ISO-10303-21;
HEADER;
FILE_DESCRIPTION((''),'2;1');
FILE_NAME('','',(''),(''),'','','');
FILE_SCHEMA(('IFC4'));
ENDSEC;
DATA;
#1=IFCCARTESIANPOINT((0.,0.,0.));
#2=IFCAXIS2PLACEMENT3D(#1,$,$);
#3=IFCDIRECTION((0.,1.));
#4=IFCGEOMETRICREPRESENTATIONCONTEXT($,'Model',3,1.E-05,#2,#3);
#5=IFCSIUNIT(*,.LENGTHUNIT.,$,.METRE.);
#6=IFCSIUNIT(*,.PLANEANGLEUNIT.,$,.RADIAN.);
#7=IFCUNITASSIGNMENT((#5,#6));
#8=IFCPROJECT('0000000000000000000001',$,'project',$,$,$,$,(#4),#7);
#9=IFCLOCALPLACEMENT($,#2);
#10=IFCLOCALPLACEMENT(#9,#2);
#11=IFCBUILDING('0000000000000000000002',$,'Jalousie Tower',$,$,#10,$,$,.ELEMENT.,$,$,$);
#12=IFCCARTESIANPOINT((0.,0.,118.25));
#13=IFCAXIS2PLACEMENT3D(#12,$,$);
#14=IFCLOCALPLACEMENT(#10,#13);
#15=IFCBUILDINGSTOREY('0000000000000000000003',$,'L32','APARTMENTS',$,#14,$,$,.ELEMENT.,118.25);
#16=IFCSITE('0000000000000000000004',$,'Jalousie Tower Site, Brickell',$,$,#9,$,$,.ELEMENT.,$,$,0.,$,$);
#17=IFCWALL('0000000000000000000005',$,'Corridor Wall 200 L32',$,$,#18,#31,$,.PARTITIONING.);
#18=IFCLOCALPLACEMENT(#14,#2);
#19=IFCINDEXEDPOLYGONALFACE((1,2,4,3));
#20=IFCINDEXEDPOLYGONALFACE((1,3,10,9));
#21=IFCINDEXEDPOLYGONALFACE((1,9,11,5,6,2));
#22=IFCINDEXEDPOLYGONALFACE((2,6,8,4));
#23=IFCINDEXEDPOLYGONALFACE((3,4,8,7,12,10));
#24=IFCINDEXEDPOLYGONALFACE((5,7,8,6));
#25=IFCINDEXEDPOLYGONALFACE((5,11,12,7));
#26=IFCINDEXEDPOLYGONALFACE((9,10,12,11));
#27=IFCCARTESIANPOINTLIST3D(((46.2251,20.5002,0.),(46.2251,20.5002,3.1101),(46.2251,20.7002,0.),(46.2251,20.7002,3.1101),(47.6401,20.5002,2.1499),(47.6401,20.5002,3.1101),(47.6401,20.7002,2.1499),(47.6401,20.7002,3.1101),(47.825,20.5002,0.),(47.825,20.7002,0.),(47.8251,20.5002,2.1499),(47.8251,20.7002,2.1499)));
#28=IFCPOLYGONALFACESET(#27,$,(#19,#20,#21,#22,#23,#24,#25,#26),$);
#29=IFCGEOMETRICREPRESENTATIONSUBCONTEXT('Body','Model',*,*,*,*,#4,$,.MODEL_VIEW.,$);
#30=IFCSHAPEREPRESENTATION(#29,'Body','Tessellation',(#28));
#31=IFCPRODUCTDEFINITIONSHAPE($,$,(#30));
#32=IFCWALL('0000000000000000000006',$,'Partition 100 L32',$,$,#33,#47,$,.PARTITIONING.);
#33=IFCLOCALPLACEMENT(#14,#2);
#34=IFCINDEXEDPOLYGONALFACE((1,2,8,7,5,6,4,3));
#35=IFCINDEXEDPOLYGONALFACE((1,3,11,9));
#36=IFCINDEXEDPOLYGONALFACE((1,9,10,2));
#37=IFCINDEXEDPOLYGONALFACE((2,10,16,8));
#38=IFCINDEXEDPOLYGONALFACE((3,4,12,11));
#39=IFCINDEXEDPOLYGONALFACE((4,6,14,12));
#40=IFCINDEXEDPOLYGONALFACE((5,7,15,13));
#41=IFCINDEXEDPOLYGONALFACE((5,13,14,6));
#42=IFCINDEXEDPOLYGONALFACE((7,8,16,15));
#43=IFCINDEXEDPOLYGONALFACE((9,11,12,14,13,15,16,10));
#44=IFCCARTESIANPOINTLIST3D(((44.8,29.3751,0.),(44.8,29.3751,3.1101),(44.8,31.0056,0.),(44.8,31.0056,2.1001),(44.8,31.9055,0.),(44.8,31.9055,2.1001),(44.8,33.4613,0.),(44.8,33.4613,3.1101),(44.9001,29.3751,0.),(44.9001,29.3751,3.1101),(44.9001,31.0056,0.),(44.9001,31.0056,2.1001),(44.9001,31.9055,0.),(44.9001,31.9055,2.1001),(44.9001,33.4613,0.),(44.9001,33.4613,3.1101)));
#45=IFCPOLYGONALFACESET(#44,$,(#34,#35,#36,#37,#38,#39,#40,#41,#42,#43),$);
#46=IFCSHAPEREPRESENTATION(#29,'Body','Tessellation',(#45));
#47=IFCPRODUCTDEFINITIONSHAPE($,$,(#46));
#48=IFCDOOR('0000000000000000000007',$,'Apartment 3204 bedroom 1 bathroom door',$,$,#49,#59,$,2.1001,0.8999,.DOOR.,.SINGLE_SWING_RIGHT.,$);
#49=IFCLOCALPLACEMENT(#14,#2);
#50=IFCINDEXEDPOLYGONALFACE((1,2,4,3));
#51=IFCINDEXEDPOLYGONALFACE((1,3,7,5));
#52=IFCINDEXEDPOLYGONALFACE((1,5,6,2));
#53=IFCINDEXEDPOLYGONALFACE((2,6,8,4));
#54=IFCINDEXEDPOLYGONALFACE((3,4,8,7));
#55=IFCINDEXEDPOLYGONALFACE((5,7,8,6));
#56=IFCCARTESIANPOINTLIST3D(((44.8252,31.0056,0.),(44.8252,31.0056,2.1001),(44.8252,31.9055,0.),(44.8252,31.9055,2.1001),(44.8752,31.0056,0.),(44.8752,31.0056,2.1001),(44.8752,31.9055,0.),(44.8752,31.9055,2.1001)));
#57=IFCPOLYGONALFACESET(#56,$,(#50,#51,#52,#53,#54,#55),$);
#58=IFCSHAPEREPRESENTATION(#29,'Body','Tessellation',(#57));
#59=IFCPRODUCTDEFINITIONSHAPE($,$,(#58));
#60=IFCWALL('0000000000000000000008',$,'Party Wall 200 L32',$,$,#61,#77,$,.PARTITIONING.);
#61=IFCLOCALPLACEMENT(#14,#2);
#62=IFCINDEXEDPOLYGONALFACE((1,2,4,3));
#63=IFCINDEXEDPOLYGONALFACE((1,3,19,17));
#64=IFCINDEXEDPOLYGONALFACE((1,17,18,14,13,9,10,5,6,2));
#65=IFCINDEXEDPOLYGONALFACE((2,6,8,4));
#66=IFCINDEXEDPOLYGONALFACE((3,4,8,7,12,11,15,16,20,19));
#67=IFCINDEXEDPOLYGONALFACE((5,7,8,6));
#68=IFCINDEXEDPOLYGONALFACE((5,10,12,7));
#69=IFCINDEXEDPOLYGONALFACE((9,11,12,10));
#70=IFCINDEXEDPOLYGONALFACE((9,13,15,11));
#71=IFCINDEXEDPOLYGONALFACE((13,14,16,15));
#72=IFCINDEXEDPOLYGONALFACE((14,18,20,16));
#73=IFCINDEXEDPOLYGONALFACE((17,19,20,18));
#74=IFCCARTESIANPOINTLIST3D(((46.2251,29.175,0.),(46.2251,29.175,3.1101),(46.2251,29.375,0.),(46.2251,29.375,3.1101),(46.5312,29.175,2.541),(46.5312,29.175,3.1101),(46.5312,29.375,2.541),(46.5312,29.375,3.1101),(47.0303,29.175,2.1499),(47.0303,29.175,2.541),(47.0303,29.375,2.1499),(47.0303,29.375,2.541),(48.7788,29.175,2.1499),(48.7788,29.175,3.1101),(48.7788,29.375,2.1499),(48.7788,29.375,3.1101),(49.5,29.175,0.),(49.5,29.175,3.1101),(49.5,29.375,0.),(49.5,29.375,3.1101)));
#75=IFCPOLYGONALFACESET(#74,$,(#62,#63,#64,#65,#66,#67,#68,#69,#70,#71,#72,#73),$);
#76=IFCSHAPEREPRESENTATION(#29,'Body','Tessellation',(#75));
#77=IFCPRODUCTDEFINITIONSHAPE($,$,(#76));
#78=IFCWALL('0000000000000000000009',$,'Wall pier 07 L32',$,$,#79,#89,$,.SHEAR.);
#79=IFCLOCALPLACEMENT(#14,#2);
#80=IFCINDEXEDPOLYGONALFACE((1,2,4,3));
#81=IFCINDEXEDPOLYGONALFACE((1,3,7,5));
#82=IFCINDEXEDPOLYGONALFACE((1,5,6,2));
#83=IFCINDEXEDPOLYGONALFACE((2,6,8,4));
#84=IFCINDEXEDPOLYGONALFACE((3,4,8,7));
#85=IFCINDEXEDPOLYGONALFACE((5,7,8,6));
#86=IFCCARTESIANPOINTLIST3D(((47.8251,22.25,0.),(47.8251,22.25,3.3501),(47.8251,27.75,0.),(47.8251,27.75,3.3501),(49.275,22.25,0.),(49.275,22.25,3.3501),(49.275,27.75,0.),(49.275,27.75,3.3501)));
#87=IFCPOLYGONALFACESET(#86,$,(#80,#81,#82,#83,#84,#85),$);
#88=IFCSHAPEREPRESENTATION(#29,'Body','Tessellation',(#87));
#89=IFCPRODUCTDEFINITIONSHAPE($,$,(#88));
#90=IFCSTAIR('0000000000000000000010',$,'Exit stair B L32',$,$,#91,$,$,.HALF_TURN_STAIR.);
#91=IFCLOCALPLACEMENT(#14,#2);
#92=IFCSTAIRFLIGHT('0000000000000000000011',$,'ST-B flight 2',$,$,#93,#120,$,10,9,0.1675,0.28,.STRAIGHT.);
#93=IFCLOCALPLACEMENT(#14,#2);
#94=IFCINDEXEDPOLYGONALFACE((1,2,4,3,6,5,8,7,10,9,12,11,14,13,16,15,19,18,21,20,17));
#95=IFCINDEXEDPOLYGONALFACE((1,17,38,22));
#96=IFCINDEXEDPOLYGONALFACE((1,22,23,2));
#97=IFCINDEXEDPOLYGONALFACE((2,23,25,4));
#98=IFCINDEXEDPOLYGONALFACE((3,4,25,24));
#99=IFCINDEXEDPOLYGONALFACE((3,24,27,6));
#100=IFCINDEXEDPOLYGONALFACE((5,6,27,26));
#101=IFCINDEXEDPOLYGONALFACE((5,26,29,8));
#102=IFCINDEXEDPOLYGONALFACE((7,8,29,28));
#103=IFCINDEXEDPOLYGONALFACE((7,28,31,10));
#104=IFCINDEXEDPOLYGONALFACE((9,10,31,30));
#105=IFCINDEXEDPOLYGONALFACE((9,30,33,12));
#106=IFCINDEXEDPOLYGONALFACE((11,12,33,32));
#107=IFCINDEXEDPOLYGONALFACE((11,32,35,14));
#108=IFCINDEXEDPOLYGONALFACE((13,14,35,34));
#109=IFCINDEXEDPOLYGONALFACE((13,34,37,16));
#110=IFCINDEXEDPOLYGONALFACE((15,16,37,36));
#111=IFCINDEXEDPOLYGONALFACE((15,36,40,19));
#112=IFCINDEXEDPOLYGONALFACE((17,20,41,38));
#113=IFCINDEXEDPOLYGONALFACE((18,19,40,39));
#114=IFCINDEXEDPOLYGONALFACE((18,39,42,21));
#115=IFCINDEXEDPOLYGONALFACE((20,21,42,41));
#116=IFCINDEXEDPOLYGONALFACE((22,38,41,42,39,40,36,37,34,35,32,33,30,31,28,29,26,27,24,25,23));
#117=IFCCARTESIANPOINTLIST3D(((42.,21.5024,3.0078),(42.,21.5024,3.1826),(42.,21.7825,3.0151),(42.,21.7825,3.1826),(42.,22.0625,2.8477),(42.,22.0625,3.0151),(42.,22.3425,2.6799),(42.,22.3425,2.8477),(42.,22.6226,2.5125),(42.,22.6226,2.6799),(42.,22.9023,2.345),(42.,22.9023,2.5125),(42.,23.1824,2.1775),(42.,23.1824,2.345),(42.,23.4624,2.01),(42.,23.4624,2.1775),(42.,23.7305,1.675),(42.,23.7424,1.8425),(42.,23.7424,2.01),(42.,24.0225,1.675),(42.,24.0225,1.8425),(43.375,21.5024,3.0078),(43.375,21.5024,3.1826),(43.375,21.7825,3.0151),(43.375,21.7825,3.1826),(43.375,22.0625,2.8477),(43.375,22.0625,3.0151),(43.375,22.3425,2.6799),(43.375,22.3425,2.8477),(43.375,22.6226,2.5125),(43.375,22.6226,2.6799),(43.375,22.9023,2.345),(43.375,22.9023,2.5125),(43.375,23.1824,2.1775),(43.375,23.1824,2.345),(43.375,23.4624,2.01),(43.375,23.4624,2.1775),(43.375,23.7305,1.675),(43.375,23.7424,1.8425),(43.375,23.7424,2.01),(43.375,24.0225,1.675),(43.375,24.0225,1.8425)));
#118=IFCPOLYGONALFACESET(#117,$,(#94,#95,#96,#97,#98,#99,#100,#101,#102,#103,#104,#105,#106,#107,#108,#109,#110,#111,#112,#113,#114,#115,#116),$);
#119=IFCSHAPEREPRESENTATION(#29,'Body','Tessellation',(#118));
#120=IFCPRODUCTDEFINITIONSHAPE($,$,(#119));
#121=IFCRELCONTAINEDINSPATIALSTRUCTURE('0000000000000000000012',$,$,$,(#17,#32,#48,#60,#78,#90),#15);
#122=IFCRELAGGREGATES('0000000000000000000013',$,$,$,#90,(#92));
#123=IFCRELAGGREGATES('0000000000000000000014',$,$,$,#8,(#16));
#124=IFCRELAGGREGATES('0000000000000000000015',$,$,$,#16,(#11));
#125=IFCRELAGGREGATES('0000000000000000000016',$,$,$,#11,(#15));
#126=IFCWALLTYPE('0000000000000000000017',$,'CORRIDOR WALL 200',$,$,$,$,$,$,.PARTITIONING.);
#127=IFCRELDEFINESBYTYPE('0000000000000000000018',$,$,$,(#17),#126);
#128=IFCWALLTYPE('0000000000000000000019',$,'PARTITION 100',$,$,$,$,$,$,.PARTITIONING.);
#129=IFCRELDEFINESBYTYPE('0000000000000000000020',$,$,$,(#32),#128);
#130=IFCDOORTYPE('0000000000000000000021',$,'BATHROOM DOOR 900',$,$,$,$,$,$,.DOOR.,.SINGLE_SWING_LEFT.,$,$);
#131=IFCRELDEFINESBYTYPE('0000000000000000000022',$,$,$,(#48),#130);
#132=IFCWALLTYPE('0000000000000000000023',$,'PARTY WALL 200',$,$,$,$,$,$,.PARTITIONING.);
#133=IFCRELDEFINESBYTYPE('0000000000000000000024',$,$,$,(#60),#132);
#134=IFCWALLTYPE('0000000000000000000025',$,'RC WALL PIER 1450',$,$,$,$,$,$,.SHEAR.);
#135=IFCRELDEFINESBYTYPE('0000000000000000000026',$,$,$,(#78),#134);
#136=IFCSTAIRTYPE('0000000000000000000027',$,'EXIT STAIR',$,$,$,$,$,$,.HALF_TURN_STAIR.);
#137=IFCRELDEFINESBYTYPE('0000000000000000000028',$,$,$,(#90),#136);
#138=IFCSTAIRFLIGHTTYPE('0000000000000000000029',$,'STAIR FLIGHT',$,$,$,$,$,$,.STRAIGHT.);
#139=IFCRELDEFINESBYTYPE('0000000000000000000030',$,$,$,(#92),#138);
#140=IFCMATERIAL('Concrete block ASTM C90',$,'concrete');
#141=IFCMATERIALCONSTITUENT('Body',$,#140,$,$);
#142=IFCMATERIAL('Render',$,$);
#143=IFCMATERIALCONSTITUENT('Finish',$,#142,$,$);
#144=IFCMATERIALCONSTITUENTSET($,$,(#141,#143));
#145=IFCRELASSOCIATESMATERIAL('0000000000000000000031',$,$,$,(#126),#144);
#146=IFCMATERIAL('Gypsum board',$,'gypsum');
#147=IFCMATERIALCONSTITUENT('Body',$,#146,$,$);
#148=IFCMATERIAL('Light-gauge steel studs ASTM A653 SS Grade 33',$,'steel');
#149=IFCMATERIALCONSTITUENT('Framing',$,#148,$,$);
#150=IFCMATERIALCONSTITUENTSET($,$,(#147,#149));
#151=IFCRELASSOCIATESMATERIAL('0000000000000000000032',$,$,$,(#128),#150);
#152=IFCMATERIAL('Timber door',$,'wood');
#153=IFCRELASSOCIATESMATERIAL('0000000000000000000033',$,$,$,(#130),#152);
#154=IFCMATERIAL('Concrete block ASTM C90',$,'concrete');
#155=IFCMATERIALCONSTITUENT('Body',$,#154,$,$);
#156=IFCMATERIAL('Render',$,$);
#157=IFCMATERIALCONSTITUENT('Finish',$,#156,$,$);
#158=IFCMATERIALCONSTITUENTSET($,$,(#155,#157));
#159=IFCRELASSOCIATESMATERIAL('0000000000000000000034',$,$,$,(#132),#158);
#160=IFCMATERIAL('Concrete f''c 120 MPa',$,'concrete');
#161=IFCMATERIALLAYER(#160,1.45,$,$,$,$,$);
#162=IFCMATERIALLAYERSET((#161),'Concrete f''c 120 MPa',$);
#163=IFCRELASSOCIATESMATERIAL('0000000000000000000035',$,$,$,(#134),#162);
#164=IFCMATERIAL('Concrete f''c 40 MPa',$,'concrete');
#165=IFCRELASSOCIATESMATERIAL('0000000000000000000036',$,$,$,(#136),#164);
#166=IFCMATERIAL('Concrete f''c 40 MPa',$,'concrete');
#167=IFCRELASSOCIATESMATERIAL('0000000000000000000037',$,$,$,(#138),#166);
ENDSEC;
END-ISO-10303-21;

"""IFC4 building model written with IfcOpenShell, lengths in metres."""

from ifc_helpers import new_model, si_unit, direction, frame, frame_2d, origin, place, context, subcontext, project, spatial, polyline, rectangle, outline, extrude, material, layer, layer_set, constituent, constituent_set, type_object, element, fill, aggregate, save


model = new_model("IFC4")

# Units and contexts
model_context = context("Model", 3, precision=1e-05, world=origin(), true_north=direction((0.0, 1.0)))
body_context = subcontext(model_context, "Body", "Model", "MODEL_VIEW")
ifc_project = project(units=[si_unit("LENGTHUNIT", "METRE"), si_unit("PLANEANGLEUNIT", "RADIAN")], contexts=[model_context])

# Site, building, storey
site_placement = place(None, origin())
site = spatial("IfcSite", under=ifc_project, at=site_placement, Name="Jalousie Tower Site, Brickell", CompositionType="ELEMENT", RefElevation=0.0)
building_placement = place(site_placement, origin())
building = spatial("IfcBuilding", under=site, at=building_placement, Name="Jalousie Tower", CompositionType="ELEMENT")
storey_placement = place(building_placement, frame((0.0, 0.0, 118.25)))
storey = spatial("IfcBuildingStorey", under=building, at=storey_placement, Name="L32", Description="APARTMENTS", CompositionType="ELEMENT", Elevation=118.25)

# Shared definitions
ifc_material_1 = material(Name="Concrete block ASTM C90", Category="concrete")
ifc_constituent_1 = constituent(ifc_material_1, Name="Body")
ifc_material_2 = material(Name="Render")
ifc_constituent_2 = constituent(ifc_material_2, Name="Finish")
ifc_constituent_set_1 = constituent_set(constituents=[ifc_constituent_1, ifc_constituent_2])
wall_type_1 = type_object("IfcWallType", Name="CORRIDOR WALL 200", PredefinedType="PARTITIONING", material=ifc_constituent_set_1)

# Wall
wall_1_placement = place(storey_placement, frame((46.2251, 20.6001, 0.0), z_axis=(0.0, 0.0, 1.0), x_axis=(1.0, 0.0, 0.0)))
element("IfcWall", 1, at=wall_1_placement, inside=storey, type_object=wall_type_1, Name="Corridor Wall 200 L32", PredefinedType="PARTITIONING", context=body_context, shape_type="SweptSolid", body=[
    extrude(outline(polyline([(0.0, 0.0), (1.5999, 0.0), (1.6001, 3.1101), (1.6001, 2.1499), (1.415, 2.1499), (1.415, 3.1101), (0.0, 3.1101), (0.0, 0.0)])), frame((0.0, 0.1001, 0.0), z_axis=(0.0, -1.0, 0.0), x_axis=(1.0, 0.0, 0.0)), (0.0, 0.0, 1.0), 0.2),
])

# Wall, opening, door
ifc_material_3 = material(Name="Gypsum board", Category="gypsum")
ifc_constituent_3 = constituent(ifc_material_3, Name="Body")
ifc_material_4 = material(Name="Light-gauge steel studs ASTM A653 SS Grade 33", Category="steel")
ifc_constituent_4 = constituent(ifc_material_4, Name="Framing")
ifc_constituent_set_2 = constituent_set(constituents=[ifc_constituent_3, ifc_constituent_4])
wall_type_2 = type_object("IfcWallType", Name="PARTITION 100", PredefinedType="PARTITIONING", material=ifc_constituent_set_2)
wall_2_placement = place(storey_placement, frame((44.8501, 33.4612, 0.0), z_axis=(0.0, 0.0, 1.0), x_axis=(0.0, -1.0, 0.0)))
wall_2 = element("IfcWall", 2, at=wall_2_placement, inside=storey, type_object=wall_type_2, Name="Partition 100 L32", PredefinedType="PARTITIONING", context=body_context, shape_type="SweptSolid", body=[
    extrude(rectangle(XDim=4.0862, YDim=0.1001, at=frame_2d((2.043, 0.0))), origin(), (0.0, 0.0, 1.0), 3.1101),
])
opening_1_placement = place(wall_2_placement, frame((1.5557, 0.0, 0.0)))
opening_1 = element("IfcOpeningElement", 3, at=opening_1_placement, cuts=wall_2, PredefinedType="OPENING", context=body_context, shape_type="SweptSolid", body=[
    extrude(rectangle(XDim=0.8999, YDim=2.1001, at=frame_2d((0.45, 1.05))), frame((0.0, 0.0601, 0.0), z_axis=(0.0, -1.0, 0.0), x_axis=(1.0, 0.0, 0.0)), (0.0, 0.0, 1.0), 0.1201),
])
ifc_material_5 = material(Name="Timber door", Category="wood")
door_type_1 = type_object("IfcDoorType", Name="BATHROOM DOOR 900", OperationType="SINGLE_SWING_LEFT", PredefinedType="DOOR", material=ifc_material_5)
door_1_placement = place(opening_1_placement, frame((0.8999, 0.0, 0.0), z_axis=(0.0, 0.0, 1.0), x_axis=(-1.0, 0.0, 0.0)))
door_1 = element("IfcDoor", 4, at=door_1_placement, inside=storey, type_object=door_type_1, Name="Apartment 3204 bedroom 1 bathroom door", OperationType="SINGLE_SWING_RIGHT", OverallHeight=2.1001, OverallWidth=0.8999, PredefinedType="DOOR", context=body_context, shape_type="SweptSolid", body=[
    extrude(rectangle(XDim=0.8999, YDim=2.1001, at=frame_2d((0.45, 1.05))), frame((0.0, 0.0249, 0.0), z_axis=(0.0, -1.0, 0.0), x_axis=(1.0, 0.0, 0.0)), (0.0, 0.0, 1.0), 0.05),
])
fill(opening_1, door_1)

# Walls
ifc_material_6 = material(Name="Concrete block ASTM C90", Category="concrete")
ifc_constituent_5 = constituent(ifc_material_6, Name="Body")
ifc_material_7 = material(Name="Render")
ifc_constituent_6 = constituent(ifc_material_7, Name="Finish")
ifc_constituent_set_3 = constituent_set(constituents=[ifc_constituent_5, ifc_constituent_6])
wall_type_3 = type_object("IfcWallType", Name="PARTY WALL 200", PredefinedType="PARTITIONING", material=ifc_constituent_set_3)
wall_3_placement = place(storey_placement, frame((46.2251, 29.2749, 0.0), z_axis=(0.0, 0.0, 1.0), x_axis=(1.0, 0.0, 0.0)))
element("IfcWall", 5, at=wall_3_placement, inside=storey, type_object=wall_type_3, Name="Party Wall 200 L32", PredefinedType="PARTITIONING", context=body_context, shape_type="SweptSolid", body=[
    extrude(outline(polyline([(0.0, 0.0), (3.2749, 0.0), (3.2749, 3.1101), (2.5537, 3.1101), (2.5537, 2.1499), (0.8052, 2.1499), (0.8052, 2.541), (0.3062, 2.541), (0.3062, 3.1101), (0.0, 3.1101), (0.0, 0.0)])), frame((0.0, 0.1001, 0.0), z_axis=(0.0, -1.0, 0.0), x_axis=(1.0, 0.0, 0.0)), (0.0, 0.0, 1.0), 0.2),
])
ifc_material_8 = material(Name="Concrete f'c 120 MPa", Category="concrete")
ifc_layer_1 = layer(ifc_material_8, 1.45)
ifc_layer_set_1 = layer_set([ifc_layer_1], Name="Concrete f'c 120 MPa")
wall_type_4 = type_object("IfcWallType", Name="RC WALL PIER 1450", PredefinedType="SHEAR", material=ifc_layer_set_1)
wall_4_placement = place(storey_placement, frame((48.55, 22.25, 0.0), z_axis=(0.0, 0.0, 1.0), x_axis=(0.0, 1.0, 0.0)))
element("IfcWall", 6, at=wall_4_placement, inside=storey, type_object=wall_type_4, Name="Wall pier 07 L32", PredefinedType="SHEAR", context=body_context, shape_type="SweptSolid", body=[
    extrude(rectangle(XDim=5.5, YDim=1.45, at=frame_2d((2.75, 0.0))), origin(), (0.0, 0.0, 1.0), 3.3501),
])

# Stair, stair flight
ifc_material_9 = material(Name="Concrete f'c 40 MPa", Category="concrete")
stair_type = type_object("IfcStairType", Name="EXIT STAIR", PredefinedType="HALF_TURN_STAIR", material=ifc_material_9)
stair_placement = place(storey_placement, origin())
stair = element("IfcStair", 7, at=stair_placement, inside=storey, type_object=stair_type, Name="Exit stair B L32", PredefinedType="HALF_TURN_STAIR")
ifc_material_10 = material(Name="Concrete f'c 40 MPa", Category="concrete")
stair_flight_type = type_object("IfcStairFlightType", Name="STAIR FLIGHT", PredefinedType="STRAIGHT", material=ifc_material_10)
stair_flight_placement = place(storey_placement, frame((42.6875, 24.0225, 1.675), z_axis=(0.0, 0.0, 1.0), x_axis=(0.0, -1.0, 0.0)))
stair_flight = element("IfcStairFlight", 8, at=stair_flight_placement, type_object=stair_flight_type, Name="ST-B flight 2", NumberOfRisers=10, NumberOfTreads=9, PredefinedType="STRAIGHT", RiserHeight=0.1675, TreadLength=0.28, context=body_context, shape_type="SweptSolid", body=[
    extrude(outline(polyline([(0.0, 0.0), (0.0, 0.1675), (0.28, 0.1675), (0.28, 0.335), (0.5601, 0.335), (0.5601, 0.5024), (0.8401, 0.5024), (0.8401, 0.6699), (1.1201, 0.6699), (1.1201, 0.8374), (1.3999, 0.8374), (1.3999, 1.0049), (1.6799, 1.0049), (1.6799, 1.1726), (1.96, 1.1726), (1.96, 1.3401), (2.24, 1.3401), (2.24, 1.5076), (2.52, 1.5076), (2.52, 1.675), (2.52, 1.3328), (0.292, 0.0), (0.0, 0.0)])), frame((0.0, 0.6875, 0.0), z_axis=(0.0, -1.0, 0.0), x_axis=(1.0, 0.0, 0.0)), (0.0, 0.0, 1.0), 1.375),
])
aggregate(stair, [stair_flight])

save(model, "model.ifc")
